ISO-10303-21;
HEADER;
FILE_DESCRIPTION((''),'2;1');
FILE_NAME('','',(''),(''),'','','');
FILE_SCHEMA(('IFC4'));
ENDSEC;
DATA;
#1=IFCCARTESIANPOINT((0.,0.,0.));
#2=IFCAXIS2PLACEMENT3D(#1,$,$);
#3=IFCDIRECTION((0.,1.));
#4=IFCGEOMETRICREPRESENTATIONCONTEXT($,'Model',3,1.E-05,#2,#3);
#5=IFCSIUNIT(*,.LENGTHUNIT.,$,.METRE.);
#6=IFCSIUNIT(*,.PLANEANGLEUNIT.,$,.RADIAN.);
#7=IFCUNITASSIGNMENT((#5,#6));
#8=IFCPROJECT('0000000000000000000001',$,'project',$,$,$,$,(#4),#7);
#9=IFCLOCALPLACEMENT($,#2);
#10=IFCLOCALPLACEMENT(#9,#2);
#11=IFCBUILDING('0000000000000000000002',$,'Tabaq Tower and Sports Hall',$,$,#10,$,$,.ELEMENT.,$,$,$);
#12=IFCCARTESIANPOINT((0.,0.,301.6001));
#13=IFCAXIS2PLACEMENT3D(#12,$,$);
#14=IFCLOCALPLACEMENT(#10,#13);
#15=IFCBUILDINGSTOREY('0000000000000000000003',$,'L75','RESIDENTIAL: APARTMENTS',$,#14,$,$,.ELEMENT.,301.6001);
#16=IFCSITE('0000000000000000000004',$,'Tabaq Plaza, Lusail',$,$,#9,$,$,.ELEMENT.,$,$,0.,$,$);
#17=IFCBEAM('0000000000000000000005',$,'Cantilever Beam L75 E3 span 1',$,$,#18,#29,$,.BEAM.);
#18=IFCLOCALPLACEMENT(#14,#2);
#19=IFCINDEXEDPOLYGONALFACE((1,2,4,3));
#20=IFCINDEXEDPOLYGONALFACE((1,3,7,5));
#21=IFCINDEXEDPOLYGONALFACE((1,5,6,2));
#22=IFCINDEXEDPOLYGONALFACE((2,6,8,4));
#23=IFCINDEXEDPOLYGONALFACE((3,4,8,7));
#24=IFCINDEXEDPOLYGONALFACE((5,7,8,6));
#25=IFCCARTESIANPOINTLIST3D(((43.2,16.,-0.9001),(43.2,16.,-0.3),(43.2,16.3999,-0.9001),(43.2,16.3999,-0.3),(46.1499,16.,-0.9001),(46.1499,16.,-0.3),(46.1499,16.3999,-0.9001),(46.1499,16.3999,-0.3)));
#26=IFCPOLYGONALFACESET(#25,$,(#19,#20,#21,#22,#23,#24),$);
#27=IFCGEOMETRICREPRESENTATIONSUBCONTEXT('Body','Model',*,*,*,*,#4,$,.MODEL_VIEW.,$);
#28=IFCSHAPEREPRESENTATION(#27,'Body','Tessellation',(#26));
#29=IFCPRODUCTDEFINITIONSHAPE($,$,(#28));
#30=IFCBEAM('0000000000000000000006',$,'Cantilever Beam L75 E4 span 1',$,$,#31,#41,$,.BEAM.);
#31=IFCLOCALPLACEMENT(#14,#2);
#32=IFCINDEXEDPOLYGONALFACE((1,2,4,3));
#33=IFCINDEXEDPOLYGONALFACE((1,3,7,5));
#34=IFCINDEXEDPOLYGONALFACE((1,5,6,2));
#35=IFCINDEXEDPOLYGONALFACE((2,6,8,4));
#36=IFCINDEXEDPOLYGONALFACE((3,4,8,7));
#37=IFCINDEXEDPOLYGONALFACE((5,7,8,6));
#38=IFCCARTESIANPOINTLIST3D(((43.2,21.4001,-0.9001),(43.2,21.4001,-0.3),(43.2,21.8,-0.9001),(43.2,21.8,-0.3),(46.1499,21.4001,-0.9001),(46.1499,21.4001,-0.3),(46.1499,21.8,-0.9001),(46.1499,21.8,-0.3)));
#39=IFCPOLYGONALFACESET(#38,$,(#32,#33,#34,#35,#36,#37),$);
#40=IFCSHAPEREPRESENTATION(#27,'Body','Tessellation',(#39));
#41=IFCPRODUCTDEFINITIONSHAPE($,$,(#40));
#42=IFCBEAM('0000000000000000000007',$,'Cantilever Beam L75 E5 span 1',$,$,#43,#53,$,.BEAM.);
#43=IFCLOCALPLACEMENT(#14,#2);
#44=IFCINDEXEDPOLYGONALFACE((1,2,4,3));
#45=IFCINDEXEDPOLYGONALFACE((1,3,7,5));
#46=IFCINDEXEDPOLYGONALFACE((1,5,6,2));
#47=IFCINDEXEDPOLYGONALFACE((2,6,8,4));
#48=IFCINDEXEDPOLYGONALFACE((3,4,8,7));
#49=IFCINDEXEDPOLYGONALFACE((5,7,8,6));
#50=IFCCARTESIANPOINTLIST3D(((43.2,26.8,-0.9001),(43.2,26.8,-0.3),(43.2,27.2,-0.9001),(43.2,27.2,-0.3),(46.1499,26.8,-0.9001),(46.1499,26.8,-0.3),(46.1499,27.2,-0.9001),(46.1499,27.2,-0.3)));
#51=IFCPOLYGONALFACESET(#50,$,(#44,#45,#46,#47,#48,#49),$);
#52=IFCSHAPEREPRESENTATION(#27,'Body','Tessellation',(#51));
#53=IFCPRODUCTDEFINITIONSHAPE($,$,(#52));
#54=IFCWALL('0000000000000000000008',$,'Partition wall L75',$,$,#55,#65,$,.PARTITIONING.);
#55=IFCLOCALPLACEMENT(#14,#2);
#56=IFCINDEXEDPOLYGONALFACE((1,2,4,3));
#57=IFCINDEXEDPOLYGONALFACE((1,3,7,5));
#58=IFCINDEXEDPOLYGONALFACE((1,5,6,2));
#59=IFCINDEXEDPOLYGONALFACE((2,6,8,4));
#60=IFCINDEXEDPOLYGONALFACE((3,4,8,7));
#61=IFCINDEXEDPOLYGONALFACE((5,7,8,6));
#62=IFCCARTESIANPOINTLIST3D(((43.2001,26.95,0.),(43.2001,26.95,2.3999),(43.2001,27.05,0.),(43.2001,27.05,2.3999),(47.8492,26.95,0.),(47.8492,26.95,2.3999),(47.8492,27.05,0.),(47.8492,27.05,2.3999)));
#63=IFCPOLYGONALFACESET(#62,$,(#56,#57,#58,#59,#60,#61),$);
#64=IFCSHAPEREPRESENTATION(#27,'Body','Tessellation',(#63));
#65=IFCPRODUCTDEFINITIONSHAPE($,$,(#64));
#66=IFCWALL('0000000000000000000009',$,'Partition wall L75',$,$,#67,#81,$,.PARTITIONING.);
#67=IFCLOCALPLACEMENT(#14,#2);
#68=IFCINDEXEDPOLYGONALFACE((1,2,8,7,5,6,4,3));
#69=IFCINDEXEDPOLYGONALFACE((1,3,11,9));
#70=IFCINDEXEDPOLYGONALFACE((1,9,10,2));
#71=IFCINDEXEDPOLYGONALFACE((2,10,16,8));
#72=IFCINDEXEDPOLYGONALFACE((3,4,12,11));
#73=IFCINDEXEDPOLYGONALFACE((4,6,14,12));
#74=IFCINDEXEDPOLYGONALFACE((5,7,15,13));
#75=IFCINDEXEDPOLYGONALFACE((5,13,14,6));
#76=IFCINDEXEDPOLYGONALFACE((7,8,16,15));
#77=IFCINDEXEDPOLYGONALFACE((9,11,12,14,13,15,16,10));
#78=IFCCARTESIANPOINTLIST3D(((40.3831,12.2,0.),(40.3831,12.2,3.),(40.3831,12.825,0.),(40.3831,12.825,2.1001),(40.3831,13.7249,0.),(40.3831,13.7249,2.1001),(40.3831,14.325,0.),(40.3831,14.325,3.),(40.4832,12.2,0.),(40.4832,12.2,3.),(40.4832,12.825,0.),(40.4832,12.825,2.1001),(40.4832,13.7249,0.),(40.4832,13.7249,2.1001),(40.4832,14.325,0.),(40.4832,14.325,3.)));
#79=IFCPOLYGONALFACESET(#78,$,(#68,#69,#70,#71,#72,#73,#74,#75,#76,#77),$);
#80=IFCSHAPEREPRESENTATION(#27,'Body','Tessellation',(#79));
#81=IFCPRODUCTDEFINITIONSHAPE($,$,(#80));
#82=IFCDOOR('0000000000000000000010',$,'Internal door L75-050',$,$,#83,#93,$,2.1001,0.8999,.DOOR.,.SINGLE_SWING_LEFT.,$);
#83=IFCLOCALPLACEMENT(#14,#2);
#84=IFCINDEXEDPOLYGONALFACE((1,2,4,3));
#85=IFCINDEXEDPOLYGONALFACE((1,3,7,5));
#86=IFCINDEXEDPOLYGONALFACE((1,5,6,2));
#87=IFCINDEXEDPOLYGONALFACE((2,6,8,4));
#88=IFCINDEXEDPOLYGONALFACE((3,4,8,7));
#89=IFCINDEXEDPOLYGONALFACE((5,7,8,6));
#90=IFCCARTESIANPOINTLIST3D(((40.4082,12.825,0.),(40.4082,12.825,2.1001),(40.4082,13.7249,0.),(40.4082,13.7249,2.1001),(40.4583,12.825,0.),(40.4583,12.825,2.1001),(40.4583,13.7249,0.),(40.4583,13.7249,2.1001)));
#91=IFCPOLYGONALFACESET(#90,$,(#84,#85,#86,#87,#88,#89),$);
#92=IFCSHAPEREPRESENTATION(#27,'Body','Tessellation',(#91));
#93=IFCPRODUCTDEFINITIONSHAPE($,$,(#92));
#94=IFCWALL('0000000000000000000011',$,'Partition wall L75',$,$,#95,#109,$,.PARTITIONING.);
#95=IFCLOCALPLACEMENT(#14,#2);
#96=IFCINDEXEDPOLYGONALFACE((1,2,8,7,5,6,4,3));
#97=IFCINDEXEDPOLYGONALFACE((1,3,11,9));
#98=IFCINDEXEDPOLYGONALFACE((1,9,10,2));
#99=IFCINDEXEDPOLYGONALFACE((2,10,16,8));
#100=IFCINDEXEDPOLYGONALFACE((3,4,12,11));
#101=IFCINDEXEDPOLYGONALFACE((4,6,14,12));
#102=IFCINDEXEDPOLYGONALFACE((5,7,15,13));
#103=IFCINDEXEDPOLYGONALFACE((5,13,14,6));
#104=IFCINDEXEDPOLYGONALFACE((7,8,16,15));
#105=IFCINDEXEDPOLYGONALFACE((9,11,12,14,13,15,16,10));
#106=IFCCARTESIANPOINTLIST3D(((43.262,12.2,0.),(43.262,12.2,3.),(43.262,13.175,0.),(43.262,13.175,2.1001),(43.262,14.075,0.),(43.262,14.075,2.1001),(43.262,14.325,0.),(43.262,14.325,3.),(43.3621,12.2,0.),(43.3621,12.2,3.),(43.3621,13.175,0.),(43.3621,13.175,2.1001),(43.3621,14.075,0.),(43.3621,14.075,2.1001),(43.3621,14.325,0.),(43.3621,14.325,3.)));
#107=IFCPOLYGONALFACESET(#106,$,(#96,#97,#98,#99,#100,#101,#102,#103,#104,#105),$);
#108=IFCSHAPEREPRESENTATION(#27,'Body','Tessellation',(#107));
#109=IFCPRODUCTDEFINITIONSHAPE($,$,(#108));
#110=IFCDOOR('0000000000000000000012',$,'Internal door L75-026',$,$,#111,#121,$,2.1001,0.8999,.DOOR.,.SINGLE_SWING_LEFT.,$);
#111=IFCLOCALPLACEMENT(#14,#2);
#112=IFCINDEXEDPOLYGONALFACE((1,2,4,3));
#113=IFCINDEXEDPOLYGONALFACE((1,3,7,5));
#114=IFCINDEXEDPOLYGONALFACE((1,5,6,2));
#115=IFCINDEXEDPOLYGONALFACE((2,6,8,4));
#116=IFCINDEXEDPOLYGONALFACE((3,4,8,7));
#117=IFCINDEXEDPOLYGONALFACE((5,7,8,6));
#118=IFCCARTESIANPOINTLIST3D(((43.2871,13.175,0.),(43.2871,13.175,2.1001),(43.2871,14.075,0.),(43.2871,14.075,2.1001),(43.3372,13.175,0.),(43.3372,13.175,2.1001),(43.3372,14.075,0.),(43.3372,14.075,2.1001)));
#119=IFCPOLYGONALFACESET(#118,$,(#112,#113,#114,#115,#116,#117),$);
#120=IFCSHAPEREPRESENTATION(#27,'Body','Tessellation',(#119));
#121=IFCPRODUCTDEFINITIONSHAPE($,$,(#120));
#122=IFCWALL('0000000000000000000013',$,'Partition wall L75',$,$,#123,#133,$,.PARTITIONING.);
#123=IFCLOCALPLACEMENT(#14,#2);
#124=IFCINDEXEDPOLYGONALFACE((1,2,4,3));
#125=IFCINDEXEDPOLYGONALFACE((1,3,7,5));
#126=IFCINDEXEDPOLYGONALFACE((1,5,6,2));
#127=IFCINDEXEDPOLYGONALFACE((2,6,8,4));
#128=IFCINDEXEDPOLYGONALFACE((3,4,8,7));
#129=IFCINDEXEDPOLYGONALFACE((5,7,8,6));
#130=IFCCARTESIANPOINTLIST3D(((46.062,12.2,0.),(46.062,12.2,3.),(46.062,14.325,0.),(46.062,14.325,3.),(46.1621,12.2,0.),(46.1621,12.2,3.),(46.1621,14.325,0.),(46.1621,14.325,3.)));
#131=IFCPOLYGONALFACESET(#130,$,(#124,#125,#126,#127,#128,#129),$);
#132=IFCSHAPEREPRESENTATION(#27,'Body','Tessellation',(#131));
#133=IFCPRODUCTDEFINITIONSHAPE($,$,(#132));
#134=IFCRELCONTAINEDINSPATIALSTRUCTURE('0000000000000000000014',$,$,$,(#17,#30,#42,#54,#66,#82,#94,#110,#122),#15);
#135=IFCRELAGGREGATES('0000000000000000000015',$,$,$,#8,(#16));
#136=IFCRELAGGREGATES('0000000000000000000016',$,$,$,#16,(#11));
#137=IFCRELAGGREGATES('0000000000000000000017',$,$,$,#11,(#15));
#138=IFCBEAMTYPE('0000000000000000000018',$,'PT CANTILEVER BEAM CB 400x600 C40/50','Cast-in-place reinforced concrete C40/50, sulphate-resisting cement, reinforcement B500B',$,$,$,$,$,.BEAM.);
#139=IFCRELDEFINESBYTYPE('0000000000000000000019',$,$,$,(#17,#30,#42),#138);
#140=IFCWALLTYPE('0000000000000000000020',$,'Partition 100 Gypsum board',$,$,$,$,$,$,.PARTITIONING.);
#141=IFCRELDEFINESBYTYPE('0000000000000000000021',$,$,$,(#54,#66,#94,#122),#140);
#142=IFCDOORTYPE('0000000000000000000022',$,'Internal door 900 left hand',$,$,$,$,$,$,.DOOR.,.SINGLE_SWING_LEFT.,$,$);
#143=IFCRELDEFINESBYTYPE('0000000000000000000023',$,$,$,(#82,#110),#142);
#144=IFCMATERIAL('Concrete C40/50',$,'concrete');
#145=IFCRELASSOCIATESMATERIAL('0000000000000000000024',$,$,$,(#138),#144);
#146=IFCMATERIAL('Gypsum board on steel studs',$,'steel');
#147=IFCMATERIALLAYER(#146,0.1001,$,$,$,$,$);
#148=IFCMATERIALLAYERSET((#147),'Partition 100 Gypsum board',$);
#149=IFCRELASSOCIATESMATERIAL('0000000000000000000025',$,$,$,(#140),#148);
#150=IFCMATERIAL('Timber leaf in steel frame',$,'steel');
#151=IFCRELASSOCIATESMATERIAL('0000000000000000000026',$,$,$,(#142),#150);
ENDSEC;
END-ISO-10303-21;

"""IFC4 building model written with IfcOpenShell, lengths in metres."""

from ifc_helpers import new_model, si_unit, direction, frame, frame_2d, origin, origin_2d, place, context, subcontext, project, spatial, rectangle, extrude, material, layer, layer_set, material_profile, profile_set, type_object, element, fill, save


model = new_model("IFC4")

# Units and contexts
model_context = context("Model", 3, precision=1e-05, world=origin(), true_north=direction((0.0, 1.0)))
body_context = subcontext(model_context, "Body", "Model", "MODEL_VIEW")
ifc_project = project(units=[si_unit("LENGTHUNIT", "METRE"), si_unit("PLANEANGLEUNIT", "RADIAN")], contexts=[model_context])

# Site, building, storey
site_placement = place(None, origin())
site = spatial("IfcSite", under=ifc_project, at=site_placement, Name="Tabaq Plaza, Lusail", CompositionType="ELEMENT", RefElevation=0.0)
building_placement = place(site_placement, origin())
building = spatial("IfcBuilding", under=site, at=building_placement, Name="Tabaq Tower and Sports Hall", CompositionType="ELEMENT")
storey_placement = place(building_placement, frame((0.0, 0.0, 301.6001)))
storey = spatial("IfcBuildingStorey", under=building, at=storey_placement, Name="L75", Description="RESIDENTIAL: APARTMENTS", CompositionType="ELEMENT", Elevation=301.6001)

# Beams
ifc_material_1 = material(Name="Concrete C40/50", Category="concrete")
ifc_material_profile = material_profile(ifc_material_1, rectangle(XDim=0.3999, YDim=0.6001, at=origin_2d()), Name="CB 400x600")
ifc_profile_set = profile_set([ifc_material_profile], Name="Concrete C40/50")
beam_type = type_object("IfcBeamType", Name="PT CANTILEVER BEAM CB 400x600 C40/50", Description="Cast-in-place reinforced concrete C40/50, sulphate-resisting cement, reinforcement B500B", PredefinedType="BEAM", material=ifc_profile_set)
for number, where, z_axis, x_axis, name in (
    (1, (46.1499, 16.2, -0.6001), (-1.0, 0.0, 0.0), (0.0, -1.0, 0.0), "Cantilever Beam L75 E3 span 1"),
    (2, (46.1499, 21.6001, -0.6001), (-1.0, 0.0, 0.0), (0.0, -1.0, 0.0), "Cantilever Beam L75 E4 span 1"),
    (3, (46.1499, 27.0, -0.6001), (-1.0, 0.0, 0.0), (0.0, -1.0, 0.0), "Cantilever Beam L75 E5 span 1"),
):
    element("IfcBeam", number, at=place(storey_placement, frame(where, z_axis=z_axis, x_axis=x_axis)), inside=storey, type_object=beam_type, Name=name, PredefinedType="BEAM", context=body_context, shape_type="SweptSolid", body=[
        extrude(rectangle(XDim=0.3999, YDim=0.6001, at=origin_2d()), origin(), (0.0, 0.0, 1.0), 2.95),
    ])

# Wall
ifc_material_2 = material(Name="Gypsum board on steel studs", Category="steel")
ifc_layer_1 = layer(ifc_material_2, 0.1001)
ifc_layer_set_1 = layer_set([ifc_layer_1], Name="Partition 100 Gypsum board")
wall_type_1 = type_object("IfcWallType", Name="Partition 100 Gypsum board", PredefinedType="PARTITIONING", material=ifc_layer_set_1)
wall_1_placement = place(storey_placement, frame((43.2, 27.0, 0.0), z_axis=(0.0, 0.0, 1.0), x_axis=(1.0, 0.0, 0.0)))
element("IfcWall", 4, at=wall_1_placement, inside=storey, type_object=wall_type_1, Name="Partition wall L75", PredefinedType="PARTITIONING", context=body_context, shape_type="SweptSolid", body=[
    extrude(rectangle(XDim=4.6492, YDim=0.1001, at=frame_2d((2.3247, 0.0))), origin(), (0.0, 0.0, 1.0), 2.3999),
])

# Walls, openings, doors
wall_2_placement = place(storey_placement, frame((40.4331, 12.2, 0.0), z_axis=(0.0, 0.0, 1.0), x_axis=(0.0, 1.0, 0.0)))
wall_2 = element("IfcWall", 5, at=wall_2_placement, inside=storey, type_object=wall_type_1, Name="Partition wall L75", PredefinedType="PARTITIONING", context=body_context, shape_type="SweptSolid", body=[
    extrude(rectangle(XDim=2.125, YDim=0.1001, at=frame_2d((1.0625, 0.0))), origin(), (0.0, 0.0, 1.0), 3.0),
])
opening_1_placement = place(wall_2_placement, frame((0.625, 0.0, 0.0)))
opening_1 = element("IfcOpeningElement", 6, at=opening_1_placement, cuts=wall_2, PredefinedType="OPENING", context=body_context, shape_type="SweptSolid", body=[
    extrude(rectangle(XDim=0.8999, YDim=2.1001, at=frame_2d((0.45, 1.05))), frame((0.0, 0.05, 0.0), z_axis=(0.0, -1.0, 0.0), x_axis=(1.0, 0.0, 0.0)), (0.0, 0.0, 1.0), 0.1001),
])
ifc_material_3 = material(Name="Timber leaf in steel frame", Category="steel")
door_type_1 = type_object("IfcDoorType", Name="Internal door 900 left hand", OperationType="SINGLE_SWING_LEFT", PredefinedType="DOOR", material=ifc_material_3)
door_1_placement = place(opening_1_placement, origin())
door_1 = element("IfcDoor", 7, at=door_1_placement, inside=storey, type_object=door_type_1, Name="Internal door L75-050", OperationType="SINGLE_SWING_LEFT", OverallHeight=2.1001, OverallWidth=0.8999, PredefinedType="DOOR", context=body_context, shape_type="SweptSolid", body=[
    extrude(rectangle(XDim=0.8999, YDim=2.1001, at=frame_2d((0.45, 1.05))), frame((0.0, 0.0249, 0.0), z_axis=(0.0, -1.0, 0.0), x_axis=(1.0, 0.0, 0.0)), (0.0, 0.0, 1.0), 0.05),
])
fill(opening_1, door_1)
wall_3_placement = place(storey_placement, frame((43.312, 12.2, 0.0), z_axis=(0.0, 0.0, 1.0), x_axis=(0.0, 1.0, 0.0)))
wall_3 = element("IfcWall", 8, at=wall_3_placement, inside=storey, type_object=wall_type_1, Name="Partition wall L75", PredefinedType="PARTITIONING", context=body_context, shape_type="SweptSolid", body=[
    extrude(rectangle(XDim=2.125, YDim=0.1001, at=frame_2d((1.0625, 0.0))), origin(), (0.0, 0.0, 1.0), 3.0),
])
opening_2_placement = place(wall_3_placement, frame((0.9751, 0.0, 0.0)))
opening_2 = element("IfcOpeningElement", 9, at=opening_2_placement, cuts=wall_3, PredefinedType="OPENING", context=body_context, shape_type="SweptSolid", body=[
    extrude(rectangle(XDim=0.8999, YDim=2.1001, at=frame_2d((0.45, 1.05))), frame((0.0, 0.05, 0.0), z_axis=(0.0, -1.0, 0.0), x_axis=(1.0, 0.0, 0.0)), (0.0, 0.0, 1.0), 0.1001),
])
door_2_placement = place(opening_2_placement, origin())
door_2 = element("IfcDoor", 10, at=door_2_placement, inside=storey, type_object=door_type_1, Name="Internal door L75-026", OperationType="SINGLE_SWING_LEFT", OverallHeight=2.1001, OverallWidth=0.8999, PredefinedType="DOOR", context=body_context, shape_type="SweptSolid", body=[
    extrude(rectangle(XDim=0.8999, YDim=2.1001, at=frame_2d((0.45, 1.05))), frame((0.0, 0.0249, 0.0), z_axis=(0.0, -1.0, 0.0), x_axis=(1.0, 0.0, 0.0)), (0.0, 0.0, 1.0), 0.05),
])
fill(opening_2, door_2)

# Wall
wall_4_placement = place(storey_placement, frame((46.1121, 12.2, 0.0), z_axis=(0.0, 0.0, 1.0), x_axis=(0.0, 1.0, 0.0)))
element("IfcWall", 11, at=wall_4_placement, inside=storey, type_object=wall_type_1, Name="Partition wall L75", PredefinedType="PARTITIONING", context=body_context, shape_type="SweptSolid", body=[
    extrude(rectangle(XDim=2.125, YDim=0.1001, at=frame_2d((1.0625, 0.0))), origin(), (0.0, 0.0, 1.0), 3.0),
])

save(model, "model.ifc")
